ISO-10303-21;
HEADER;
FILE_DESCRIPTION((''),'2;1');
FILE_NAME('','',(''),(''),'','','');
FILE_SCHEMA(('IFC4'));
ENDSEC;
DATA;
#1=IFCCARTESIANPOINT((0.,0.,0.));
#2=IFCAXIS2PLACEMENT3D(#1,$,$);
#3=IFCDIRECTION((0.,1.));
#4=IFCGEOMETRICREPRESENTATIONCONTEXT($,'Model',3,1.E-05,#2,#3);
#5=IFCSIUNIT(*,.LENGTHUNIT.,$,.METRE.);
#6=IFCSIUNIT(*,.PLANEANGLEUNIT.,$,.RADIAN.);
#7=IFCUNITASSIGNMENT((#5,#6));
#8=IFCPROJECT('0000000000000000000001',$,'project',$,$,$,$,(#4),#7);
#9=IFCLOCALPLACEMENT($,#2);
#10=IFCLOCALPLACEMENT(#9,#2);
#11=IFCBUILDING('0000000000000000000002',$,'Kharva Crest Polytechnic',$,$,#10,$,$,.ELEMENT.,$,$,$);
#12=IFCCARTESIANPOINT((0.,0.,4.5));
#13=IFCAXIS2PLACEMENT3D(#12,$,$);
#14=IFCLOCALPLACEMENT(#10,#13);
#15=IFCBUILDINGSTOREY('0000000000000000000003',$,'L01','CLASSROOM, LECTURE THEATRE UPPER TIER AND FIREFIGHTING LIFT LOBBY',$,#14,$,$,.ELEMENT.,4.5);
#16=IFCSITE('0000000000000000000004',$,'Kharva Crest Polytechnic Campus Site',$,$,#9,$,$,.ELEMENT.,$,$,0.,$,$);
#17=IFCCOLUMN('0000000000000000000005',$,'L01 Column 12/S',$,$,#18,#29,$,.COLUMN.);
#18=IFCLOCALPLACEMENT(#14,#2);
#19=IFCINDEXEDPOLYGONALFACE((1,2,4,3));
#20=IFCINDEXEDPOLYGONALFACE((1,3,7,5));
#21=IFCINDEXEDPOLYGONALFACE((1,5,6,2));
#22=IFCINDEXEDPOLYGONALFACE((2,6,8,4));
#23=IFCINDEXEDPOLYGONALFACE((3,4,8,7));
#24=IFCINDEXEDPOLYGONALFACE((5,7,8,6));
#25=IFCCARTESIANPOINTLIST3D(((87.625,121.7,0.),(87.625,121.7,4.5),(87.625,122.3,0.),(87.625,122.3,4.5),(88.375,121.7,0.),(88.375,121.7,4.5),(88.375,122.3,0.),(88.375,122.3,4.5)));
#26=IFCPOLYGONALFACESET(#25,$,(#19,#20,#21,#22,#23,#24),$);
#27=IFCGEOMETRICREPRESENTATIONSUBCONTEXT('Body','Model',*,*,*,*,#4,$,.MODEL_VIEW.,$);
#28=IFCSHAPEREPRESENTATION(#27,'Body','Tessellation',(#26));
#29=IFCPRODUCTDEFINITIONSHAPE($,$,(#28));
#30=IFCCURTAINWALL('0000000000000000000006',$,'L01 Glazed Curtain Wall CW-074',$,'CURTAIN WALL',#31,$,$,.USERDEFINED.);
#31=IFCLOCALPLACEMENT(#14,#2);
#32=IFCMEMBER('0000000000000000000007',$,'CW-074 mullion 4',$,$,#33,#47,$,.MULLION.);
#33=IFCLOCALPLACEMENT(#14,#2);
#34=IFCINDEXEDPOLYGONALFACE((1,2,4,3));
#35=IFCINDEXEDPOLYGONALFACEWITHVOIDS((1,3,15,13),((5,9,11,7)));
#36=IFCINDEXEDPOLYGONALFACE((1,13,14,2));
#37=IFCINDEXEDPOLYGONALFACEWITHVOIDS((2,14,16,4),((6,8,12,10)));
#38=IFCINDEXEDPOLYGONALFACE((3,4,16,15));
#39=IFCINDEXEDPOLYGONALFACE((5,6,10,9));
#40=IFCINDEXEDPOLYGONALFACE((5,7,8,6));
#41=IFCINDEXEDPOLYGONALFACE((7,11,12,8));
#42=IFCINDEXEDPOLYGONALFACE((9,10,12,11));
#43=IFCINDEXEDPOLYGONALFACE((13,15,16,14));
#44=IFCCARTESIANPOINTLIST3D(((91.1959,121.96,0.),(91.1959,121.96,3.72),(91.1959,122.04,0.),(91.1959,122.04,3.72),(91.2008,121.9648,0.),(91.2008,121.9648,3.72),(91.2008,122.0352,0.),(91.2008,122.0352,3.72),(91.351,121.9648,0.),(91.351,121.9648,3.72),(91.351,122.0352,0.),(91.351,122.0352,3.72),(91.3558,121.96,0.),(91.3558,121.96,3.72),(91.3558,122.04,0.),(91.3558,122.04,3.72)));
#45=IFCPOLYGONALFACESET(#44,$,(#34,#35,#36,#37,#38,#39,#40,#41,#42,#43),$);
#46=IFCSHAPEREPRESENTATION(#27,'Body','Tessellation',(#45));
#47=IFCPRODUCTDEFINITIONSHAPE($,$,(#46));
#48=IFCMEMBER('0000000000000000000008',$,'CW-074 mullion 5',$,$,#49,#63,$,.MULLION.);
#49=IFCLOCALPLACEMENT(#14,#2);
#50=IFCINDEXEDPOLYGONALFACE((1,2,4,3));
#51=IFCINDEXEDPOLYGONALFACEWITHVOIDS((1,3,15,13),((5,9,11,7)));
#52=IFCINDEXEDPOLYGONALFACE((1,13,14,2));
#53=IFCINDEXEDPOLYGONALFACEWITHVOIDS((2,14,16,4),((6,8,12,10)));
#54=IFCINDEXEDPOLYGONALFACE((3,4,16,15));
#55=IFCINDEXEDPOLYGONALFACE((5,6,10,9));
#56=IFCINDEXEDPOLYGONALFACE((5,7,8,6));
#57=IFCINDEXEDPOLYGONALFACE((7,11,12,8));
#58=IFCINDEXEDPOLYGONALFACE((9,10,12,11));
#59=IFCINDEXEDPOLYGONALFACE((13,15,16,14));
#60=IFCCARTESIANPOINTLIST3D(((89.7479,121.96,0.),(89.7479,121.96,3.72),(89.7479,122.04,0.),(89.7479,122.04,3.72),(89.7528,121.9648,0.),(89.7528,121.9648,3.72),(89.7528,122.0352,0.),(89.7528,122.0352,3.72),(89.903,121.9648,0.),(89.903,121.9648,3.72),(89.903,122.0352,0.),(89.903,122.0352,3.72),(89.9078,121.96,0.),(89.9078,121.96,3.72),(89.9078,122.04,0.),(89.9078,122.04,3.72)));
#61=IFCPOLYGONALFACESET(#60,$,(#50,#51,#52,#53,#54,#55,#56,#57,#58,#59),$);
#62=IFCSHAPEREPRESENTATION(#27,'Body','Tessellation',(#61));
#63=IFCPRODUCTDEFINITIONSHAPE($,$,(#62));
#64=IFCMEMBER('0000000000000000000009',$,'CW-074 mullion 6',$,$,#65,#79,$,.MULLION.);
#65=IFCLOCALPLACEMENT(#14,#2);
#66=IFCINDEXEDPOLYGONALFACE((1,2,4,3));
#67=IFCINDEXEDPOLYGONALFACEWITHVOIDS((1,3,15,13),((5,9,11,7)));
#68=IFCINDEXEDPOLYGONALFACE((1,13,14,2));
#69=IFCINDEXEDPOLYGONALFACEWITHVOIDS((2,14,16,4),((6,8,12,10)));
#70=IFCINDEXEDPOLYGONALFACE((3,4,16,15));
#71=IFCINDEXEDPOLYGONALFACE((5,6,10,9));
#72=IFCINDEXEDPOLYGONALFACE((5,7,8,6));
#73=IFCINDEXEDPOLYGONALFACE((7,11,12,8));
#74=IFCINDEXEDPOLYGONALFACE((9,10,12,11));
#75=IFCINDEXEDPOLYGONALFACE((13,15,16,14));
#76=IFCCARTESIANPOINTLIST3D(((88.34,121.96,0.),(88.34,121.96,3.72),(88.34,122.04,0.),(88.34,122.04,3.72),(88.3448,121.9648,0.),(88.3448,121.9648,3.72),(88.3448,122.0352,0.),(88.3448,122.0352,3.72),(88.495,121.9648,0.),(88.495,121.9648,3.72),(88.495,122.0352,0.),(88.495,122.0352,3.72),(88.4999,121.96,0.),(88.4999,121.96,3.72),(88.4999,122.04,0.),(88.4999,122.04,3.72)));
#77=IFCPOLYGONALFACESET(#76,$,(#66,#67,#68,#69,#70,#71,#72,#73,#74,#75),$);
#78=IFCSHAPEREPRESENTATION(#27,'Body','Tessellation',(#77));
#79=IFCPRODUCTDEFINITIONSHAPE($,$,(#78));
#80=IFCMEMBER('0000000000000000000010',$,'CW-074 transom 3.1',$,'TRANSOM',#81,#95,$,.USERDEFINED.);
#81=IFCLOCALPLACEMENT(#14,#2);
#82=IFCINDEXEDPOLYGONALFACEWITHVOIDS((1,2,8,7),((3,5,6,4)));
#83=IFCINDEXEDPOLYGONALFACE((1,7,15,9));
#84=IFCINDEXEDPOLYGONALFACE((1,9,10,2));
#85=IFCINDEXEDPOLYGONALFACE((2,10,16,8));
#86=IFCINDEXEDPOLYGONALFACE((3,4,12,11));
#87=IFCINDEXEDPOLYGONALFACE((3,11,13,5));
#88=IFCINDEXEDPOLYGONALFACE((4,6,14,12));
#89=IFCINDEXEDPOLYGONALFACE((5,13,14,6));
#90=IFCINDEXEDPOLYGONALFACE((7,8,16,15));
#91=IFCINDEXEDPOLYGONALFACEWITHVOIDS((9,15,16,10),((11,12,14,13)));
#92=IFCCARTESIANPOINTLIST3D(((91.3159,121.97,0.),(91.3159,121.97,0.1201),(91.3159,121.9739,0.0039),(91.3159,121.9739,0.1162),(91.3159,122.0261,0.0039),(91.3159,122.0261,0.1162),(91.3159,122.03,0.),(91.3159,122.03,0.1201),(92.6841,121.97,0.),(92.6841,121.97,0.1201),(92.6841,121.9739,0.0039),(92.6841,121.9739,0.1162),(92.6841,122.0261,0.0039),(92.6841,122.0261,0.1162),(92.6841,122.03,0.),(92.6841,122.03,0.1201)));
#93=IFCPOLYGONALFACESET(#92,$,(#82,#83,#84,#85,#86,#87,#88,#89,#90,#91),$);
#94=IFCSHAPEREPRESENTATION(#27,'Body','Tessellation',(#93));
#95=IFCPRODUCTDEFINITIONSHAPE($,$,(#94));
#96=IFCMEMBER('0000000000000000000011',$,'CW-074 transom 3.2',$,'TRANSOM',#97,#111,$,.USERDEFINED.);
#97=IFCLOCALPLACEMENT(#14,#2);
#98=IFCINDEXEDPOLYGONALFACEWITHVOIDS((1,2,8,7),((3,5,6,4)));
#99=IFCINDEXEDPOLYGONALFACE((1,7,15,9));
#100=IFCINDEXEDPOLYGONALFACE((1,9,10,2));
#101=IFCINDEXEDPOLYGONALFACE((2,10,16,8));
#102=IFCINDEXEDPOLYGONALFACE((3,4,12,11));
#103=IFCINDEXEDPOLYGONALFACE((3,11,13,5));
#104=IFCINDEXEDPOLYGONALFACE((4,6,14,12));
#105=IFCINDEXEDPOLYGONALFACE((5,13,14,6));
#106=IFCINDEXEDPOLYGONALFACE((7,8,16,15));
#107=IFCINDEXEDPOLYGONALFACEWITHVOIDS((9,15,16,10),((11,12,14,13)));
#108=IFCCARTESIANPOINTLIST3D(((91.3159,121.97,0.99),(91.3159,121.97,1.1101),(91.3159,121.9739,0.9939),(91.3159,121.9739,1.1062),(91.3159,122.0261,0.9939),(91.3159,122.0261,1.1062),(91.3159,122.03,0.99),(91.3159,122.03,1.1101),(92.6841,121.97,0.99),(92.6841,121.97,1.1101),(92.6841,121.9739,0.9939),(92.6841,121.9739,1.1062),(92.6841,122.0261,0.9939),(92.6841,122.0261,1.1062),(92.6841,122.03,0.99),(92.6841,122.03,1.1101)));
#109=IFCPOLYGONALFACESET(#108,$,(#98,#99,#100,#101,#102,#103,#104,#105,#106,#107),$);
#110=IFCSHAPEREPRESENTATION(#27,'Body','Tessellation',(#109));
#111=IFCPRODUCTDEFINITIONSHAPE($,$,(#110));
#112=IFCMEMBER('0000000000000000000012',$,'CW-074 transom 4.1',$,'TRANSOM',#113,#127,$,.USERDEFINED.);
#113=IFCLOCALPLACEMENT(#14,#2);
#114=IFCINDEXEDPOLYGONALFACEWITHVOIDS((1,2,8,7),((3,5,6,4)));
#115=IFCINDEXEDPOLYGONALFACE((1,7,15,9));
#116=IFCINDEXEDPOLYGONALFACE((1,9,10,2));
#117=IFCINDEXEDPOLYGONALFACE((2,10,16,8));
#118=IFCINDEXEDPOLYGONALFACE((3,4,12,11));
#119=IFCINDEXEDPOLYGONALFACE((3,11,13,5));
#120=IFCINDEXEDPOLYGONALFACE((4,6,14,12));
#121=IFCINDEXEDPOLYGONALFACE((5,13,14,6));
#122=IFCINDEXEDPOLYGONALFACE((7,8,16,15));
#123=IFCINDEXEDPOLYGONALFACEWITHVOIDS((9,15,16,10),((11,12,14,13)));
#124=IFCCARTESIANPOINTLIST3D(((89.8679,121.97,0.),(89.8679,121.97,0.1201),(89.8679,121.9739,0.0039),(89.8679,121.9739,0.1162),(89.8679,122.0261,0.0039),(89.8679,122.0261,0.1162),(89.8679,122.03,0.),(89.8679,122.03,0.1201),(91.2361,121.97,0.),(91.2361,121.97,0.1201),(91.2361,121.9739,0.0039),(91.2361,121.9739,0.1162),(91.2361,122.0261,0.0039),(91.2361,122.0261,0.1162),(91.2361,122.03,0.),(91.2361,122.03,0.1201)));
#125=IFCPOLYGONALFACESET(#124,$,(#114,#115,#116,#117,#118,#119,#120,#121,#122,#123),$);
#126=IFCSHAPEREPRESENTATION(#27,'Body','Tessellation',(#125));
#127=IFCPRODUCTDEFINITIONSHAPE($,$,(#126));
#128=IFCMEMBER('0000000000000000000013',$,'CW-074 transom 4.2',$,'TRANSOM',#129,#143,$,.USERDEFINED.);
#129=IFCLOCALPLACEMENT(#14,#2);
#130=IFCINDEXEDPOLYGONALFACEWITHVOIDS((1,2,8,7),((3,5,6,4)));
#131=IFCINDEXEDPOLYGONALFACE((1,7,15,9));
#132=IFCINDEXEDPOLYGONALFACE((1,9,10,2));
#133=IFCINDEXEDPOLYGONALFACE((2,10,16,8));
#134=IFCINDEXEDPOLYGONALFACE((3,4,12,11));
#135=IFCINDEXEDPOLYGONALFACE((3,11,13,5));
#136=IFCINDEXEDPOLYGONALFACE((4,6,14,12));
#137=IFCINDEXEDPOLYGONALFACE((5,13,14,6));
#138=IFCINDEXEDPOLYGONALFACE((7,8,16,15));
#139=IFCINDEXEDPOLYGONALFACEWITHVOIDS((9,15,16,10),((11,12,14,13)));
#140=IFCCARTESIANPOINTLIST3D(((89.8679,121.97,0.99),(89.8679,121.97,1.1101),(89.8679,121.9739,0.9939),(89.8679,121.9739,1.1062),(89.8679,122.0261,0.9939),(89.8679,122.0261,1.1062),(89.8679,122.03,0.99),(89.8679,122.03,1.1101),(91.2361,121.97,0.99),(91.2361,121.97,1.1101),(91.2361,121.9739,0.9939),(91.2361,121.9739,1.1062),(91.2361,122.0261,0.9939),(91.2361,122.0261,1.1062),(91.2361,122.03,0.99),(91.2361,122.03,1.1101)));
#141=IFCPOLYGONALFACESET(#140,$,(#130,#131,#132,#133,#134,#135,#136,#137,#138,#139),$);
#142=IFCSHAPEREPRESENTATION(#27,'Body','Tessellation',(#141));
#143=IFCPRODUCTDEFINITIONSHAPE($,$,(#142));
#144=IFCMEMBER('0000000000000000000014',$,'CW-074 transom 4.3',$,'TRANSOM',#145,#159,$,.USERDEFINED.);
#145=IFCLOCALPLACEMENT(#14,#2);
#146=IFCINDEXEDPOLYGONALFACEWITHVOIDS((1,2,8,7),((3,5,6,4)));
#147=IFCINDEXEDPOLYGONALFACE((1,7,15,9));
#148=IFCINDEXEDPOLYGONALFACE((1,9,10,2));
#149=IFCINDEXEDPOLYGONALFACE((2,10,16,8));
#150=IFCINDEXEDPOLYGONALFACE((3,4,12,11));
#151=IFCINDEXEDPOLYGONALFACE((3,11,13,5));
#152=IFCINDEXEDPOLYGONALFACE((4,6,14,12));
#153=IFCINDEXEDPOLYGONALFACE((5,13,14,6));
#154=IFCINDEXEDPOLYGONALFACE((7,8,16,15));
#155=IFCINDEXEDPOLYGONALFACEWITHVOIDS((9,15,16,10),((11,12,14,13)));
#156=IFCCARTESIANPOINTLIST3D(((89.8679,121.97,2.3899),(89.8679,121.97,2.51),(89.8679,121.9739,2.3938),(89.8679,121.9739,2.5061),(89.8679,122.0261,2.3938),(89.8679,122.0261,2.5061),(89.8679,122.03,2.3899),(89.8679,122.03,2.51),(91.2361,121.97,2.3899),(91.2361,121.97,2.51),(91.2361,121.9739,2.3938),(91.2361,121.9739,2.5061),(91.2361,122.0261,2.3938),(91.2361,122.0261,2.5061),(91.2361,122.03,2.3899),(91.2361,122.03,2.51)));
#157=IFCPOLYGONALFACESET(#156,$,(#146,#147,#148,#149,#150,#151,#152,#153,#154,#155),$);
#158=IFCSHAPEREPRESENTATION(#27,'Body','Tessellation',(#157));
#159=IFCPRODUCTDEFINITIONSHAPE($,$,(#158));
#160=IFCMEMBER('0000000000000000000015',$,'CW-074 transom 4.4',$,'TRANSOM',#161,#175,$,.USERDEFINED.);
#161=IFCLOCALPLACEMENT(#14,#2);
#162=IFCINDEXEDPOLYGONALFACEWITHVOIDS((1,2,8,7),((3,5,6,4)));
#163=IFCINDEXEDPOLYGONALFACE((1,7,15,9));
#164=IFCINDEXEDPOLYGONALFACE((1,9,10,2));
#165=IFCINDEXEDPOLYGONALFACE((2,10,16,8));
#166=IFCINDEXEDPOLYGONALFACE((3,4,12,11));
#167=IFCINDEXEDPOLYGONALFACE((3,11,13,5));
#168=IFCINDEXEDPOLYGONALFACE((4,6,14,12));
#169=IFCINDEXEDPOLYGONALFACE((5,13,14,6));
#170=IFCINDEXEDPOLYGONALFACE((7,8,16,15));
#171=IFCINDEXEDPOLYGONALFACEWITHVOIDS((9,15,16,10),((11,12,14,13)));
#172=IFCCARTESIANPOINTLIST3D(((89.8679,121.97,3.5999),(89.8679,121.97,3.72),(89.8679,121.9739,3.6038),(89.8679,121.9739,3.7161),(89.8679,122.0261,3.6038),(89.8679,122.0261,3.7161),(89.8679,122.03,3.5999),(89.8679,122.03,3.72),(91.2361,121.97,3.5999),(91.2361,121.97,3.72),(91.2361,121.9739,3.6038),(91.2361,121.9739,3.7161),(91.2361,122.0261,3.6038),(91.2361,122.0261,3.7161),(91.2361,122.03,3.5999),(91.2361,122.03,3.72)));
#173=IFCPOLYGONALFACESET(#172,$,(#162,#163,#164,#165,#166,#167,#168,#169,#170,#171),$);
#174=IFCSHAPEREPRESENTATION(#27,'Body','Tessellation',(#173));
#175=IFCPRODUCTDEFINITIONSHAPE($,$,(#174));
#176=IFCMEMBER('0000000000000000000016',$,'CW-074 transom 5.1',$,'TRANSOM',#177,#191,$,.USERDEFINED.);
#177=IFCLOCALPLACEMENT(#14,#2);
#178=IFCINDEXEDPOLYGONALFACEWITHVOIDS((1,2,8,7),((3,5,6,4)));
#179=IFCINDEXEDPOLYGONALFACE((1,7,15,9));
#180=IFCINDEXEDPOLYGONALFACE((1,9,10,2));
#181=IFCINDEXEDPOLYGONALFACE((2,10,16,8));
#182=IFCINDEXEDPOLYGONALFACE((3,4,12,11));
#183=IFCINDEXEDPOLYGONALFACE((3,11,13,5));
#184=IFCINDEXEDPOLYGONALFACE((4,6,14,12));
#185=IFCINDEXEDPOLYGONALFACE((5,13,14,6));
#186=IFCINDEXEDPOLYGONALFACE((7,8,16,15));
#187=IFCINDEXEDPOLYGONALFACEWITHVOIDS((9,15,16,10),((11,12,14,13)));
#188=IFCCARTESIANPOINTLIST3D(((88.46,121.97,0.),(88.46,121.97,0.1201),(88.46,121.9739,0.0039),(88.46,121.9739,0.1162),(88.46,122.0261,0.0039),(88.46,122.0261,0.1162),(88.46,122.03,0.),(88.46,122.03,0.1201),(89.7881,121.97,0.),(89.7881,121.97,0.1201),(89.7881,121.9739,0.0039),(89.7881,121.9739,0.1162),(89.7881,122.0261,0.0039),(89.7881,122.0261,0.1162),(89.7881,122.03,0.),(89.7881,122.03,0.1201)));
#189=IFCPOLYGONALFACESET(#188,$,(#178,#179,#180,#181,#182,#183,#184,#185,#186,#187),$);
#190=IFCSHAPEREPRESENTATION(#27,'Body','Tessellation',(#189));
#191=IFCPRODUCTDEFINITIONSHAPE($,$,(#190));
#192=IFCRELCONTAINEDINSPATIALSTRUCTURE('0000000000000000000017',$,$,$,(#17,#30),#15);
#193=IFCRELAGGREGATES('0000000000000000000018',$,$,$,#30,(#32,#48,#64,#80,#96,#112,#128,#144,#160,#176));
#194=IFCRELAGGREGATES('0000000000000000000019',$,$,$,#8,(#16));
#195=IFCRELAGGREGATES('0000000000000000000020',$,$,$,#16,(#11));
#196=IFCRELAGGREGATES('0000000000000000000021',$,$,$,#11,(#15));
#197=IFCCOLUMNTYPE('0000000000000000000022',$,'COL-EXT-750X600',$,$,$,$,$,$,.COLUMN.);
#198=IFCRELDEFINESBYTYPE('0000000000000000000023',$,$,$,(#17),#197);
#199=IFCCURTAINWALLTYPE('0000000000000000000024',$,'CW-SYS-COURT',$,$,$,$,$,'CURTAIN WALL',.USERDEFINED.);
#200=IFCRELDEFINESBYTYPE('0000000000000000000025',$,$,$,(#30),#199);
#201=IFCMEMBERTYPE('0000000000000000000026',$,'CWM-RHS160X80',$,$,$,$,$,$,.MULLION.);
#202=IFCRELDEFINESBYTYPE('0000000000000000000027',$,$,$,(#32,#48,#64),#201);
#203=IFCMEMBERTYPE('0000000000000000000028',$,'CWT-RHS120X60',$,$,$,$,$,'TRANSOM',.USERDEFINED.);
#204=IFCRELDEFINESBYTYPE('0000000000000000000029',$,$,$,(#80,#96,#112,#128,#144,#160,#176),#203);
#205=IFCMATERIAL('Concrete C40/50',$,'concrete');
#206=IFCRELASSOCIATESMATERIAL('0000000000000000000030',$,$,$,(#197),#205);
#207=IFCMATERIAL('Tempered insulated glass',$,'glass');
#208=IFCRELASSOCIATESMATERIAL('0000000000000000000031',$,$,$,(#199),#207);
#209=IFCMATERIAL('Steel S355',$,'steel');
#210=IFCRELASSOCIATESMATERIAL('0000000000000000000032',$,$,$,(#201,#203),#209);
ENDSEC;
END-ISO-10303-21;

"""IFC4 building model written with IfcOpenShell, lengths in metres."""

from ifc_helpers import new_model, si_unit, direction, frame, origin, origin_2d, place, context, subcontext, project, spatial, rectangle, hollow_rectangle, extrude, material, material_profile, profile_set, type_object, element, aggregate, save


model = new_model("IFC4")

# Units and contexts
model_context = context("Model", 3, precision=1e-05, world=origin(), true_north=direction((0.0, 1.0)))
body_context = subcontext(model_context, "Body", "Model", "MODEL_VIEW")
ifc_project = project(units=[si_unit("LENGTHUNIT", "METRE"), si_unit("PLANEANGLEUNIT", "RADIAN")], contexts=[model_context])

# Site, building, storey
site_placement = place(None, origin())
site = spatial("IfcSite", under=ifc_project, at=site_placement, Name="Kharva Crest Polytechnic Campus Site", CompositionType="ELEMENT", RefElevation=0.0)
building_placement = place(site_placement, origin())
building = spatial("IfcBuilding", under=site, at=building_placement, Name="Kharva Crest Polytechnic", CompositionType="ELEMENT")
storey_placement = place(building_placement, frame((0.0, 0.0, 4.5)))
storey = spatial("IfcBuildingStorey", under=building, at=storey_placement, Name="L01", Description="CLASSROOM, LECTURE THEATRE UPPER TIER AND FIREFIGHTING LIFT LOBBY", CompositionType="ELEMENT", Elevation=4.5)

# Column
ifc_material_1 = material(Name="Concrete C40/50", Category="concrete")
ifc_material_profile_1 = material_profile(ifc_material_1, rectangle(XDim=0.75, YDim=0.6001, at=origin_2d()), Name="RECT 750 X 600")
ifc_profile_set_1 = profile_set([ifc_material_profile_1], Name="Concrete C40/50")
column_type = type_object("IfcColumnType", Name="COL-EXT-750X600", PredefinedType="COLUMN", material=ifc_profile_set_1)
column_placement = place(storey_placement, frame((88.0, 122.0, 0.0), z_axis=(0.0, 0.0, 1.0), x_axis=(1.0, 0.0, 0.0)))
element("IfcColumn", 1, at=column_placement, inside=storey, type_object=column_type, Name="L01 Column 12/S", PredefinedType="COLUMN", context=body_context, shape_type="SweptSolid", body=[
    extrude(rectangle(XDim=0.75, YDim=0.6001, at=origin_2d()), origin(), (0.0, 0.0, 1.0), 4.5),
])

# Curtain wall, members
ifc_material_2 = material(Name="Tempered insulated glass", Category="glass")
curtain_wall_type = type_object("IfcCurtainWallType", Name="CW-SYS-COURT", ElementType="CURTAIN WALL", PredefinedType="USERDEFINED", material=ifc_material_2)
curtain_wall_placement = place(storey_placement, origin())
curtain_wall = element("IfcCurtainWall", 2, at=curtain_wall_placement, inside=storey, type_object=curtain_wall_type, Name="L01 Glazed Curtain Wall CW-074", ObjectType="CURTAIN WALL", PredefinedType="USERDEFINED")
ifc_material_3 = material(Name="Steel S355", Category="steel")
ifc_material_profile_2 = material_profile(ifc_material_3, hollow_rectangle(XDim=0.0801, YDim=0.1599, WallThickness=0.0049, at=origin_2d()), Name="RHS 160X80X5.0")
ifc_profile_set_2 = profile_set([ifc_material_profile_2], Name="Steel S355")
member_type_1 = type_object("IfcMemberType", Name="CWM-RHS160X80", PredefinedType="MULLION", material=ifc_profile_set_2)
member_1_placement = place(storey_placement, frame((91.2759, 122.0, 0.0), z_axis=(0.0, 0.0, 1.0), x_axis=(0.0, -1.0, 0.0)))
member_1 = element("IfcMember", 3, at=member_1_placement, type_object=member_type_1, Name="CW-074 mullion 4", PredefinedType="MULLION", context=body_context, shape_type="SweptSolid", body=[
    extrude(hollow_rectangle(XDim=0.0801, YDim=0.1599, WallThickness=0.0049, at=origin_2d()), origin(), (0.0, 0.0, 1.0), 3.72),
])
member_2_placement = place(storey_placement, frame((89.8279, 122.0, 0.0), z_axis=(0.0, 0.0, 1.0), x_axis=(0.0, -1.0, 0.0)))
member_2 = element("IfcMember", 4, at=member_2_placement, type_object=member_type_1, Name="CW-074 mullion 5", PredefinedType="MULLION", context=body_context, shape_type="SweptSolid", body=[
    extrude(hollow_rectangle(XDim=0.0801, YDim=0.1599, WallThickness=0.0049, at=origin_2d()), origin(), (0.0, 0.0, 1.0), 3.72),
])
member_3_placement = place(storey_placement, frame((88.4199, 122.0, 0.0), z_axis=(0.0, 0.0, 1.0), x_axis=(0.0, -1.0, 0.0)))
member_3 = element("IfcMember", 5, at=member_3_placement, type_object=member_type_1, Name="CW-074 mullion 6", PredefinedType="MULLION", context=body_context, shape_type="SweptSolid", body=[
    extrude(hollow_rectangle(XDim=0.0801, YDim=0.1599, WallThickness=0.0049, at=origin_2d()), origin(), (0.0, 0.0, 1.0), 3.72),
])
ifc_material_profile_3 = material_profile(ifc_material_3, hollow_rectangle(XDim=0.0601, YDim=0.1201, WallThickness=0.0039, at=origin_2d()), Name="RHS 120X60X4.0")
ifc_profile_set_3 = profile_set([ifc_material_profile_3], Name="Steel S355")
member_type_2 = type_object("IfcMemberType", Name="CWT-RHS120X60", ElementType="TRANSOM", PredefinedType="USERDEFINED", material=ifc_profile_set_3)
member_4_placement = place(storey_placement, frame((92.6841, 122.0, 0.0601), z_axis=(-1.0, 0.0, 0.0), x_axis=(0.0, -1.0, 0.0)))
member_4 = element("IfcMember", 6, at=member_4_placement, type_object=member_type_2, Name="CW-074 transom 3.1", ObjectType="TRANSOM", PredefinedType="USERDEFINED", context=body_context, shape_type="SweptSolid", body=[
    extrude(hollow_rectangle(XDim=0.0601, YDim=0.1201, WallThickness=0.0039, at=origin_2d()), origin(), (0.0, 0.0, 1.0), 1.3682),
])
member_5_placement = place(storey_placement, frame((92.6841, 122.0, 1.05), z_axis=(-1.0, 0.0, 0.0), x_axis=(0.0, -1.0, 0.0)))
member_5 = element("IfcMember", 7, at=member_5_placement, type_object=member_type_2, Name="CW-074 transom 3.2", ObjectType="TRANSOM", PredefinedType="USERDEFINED", context=body_context, shape_type="SweptSolid", body=[
    extrude(hollow_rectangle(XDim=0.0601, YDim=0.1201, WallThickness=0.0039, at=origin_2d()), origin(), (0.0, 0.0, 1.0), 1.3682),
])
member_6_placement = place(storey_placement, frame((91.2361, 122.0, 0.0601), z_axis=(-1.0, 0.0, 0.0), x_axis=(0.0, -1.0, 0.0)))
member_6 = element("IfcMember", 8, at=member_6_placement, type_object=member_type_2, Name="CW-074 transom 4.1", ObjectType="TRANSOM", PredefinedType="USERDEFINED", context=body_context, shape_type="SweptSolid", body=[
    extrude(hollow_rectangle(XDim=0.0601, YDim=0.1201, WallThickness=0.0039, at=origin_2d()), origin(), (0.0, 0.0, 1.0), 1.3682),
])
member_7_placement = place(storey_placement, frame((91.2361, 122.0, 1.05), z_axis=(-1.0, 0.0, 0.0), x_axis=(0.0, -1.0, 0.0)))
member_7 = element("IfcMember", 9, at=member_7_placement, type_object=member_type_2, Name="CW-074 transom 4.2", ObjectType="TRANSOM", PredefinedType="USERDEFINED", context=body_context, shape_type="SweptSolid", body=[
    extrude(hollow_rectangle(XDim=0.0601, YDim=0.1201, WallThickness=0.0039, at=origin_2d()), origin(), (0.0, 0.0, 1.0), 1.3682),
])
member_8_placement = place(storey_placement, frame((91.2361, 122.0, 2.45), z_axis=(-1.0, 0.0, 0.0), x_axis=(0.0, -1.0, 0.0)))
member_8 = element("IfcMember", 10, at=member_8_placement, type_object=member_type_2, Name="CW-074 transom 4.3", ObjectType="TRANSOM", PredefinedType="USERDEFINED", context=body_context, shape_type="SweptSolid", body=[
    extrude(hollow_rectangle(XDim=0.0601, YDim=0.1201, WallThickness=0.0039, at=origin_2d()), origin(), (0.0, 0.0, 1.0), 1.3682),
])
member_9_placement = place(storey_placement, frame((91.2361, 122.0, 3.6599), z_axis=(-1.0, 0.0, 0.0), x_axis=(0.0, -1.0, 0.0)))
member_9 = element("IfcMember", 11, at=member_9_placement, type_object=member_type_2, Name="CW-074 transom 4.4", ObjectType="TRANSOM", PredefinedType="USERDEFINED", context=body_context, shape_type="SweptSolid", body=[
    extrude(hollow_rectangle(XDim=0.0601, YDim=0.1201, WallThickness=0.0039, at=origin_2d()), origin(), (0.0, 0.0, 1.0), 1.3682),
])
member_10_placement = place(storey_placement, frame((89.7881, 122.0, 0.0601), z_axis=(-1.0, 0.0, 0.0), x_axis=(0.0, -1.0, 0.0)))
member_10 = element("IfcMember", 12, at=member_10_placement, type_object=member_type_2, Name="CW-074 transom 5.1", ObjectType="TRANSOM", PredefinedType="USERDEFINED", context=body_context, shape_type="SweptSolid", body=[
    extrude(hollow_rectangle(XDim=0.0601, YDim=0.1201, WallThickness=0.0039, at=origin_2d()), origin(), (0.0, 0.0, 1.0), 1.3281),
])

aggregate(curtain_wall, [member_1, member_2, member_3, member_4, member_5, member_6, member_7, member_8, member_9, member_10])

save(model, "model.ifc")
